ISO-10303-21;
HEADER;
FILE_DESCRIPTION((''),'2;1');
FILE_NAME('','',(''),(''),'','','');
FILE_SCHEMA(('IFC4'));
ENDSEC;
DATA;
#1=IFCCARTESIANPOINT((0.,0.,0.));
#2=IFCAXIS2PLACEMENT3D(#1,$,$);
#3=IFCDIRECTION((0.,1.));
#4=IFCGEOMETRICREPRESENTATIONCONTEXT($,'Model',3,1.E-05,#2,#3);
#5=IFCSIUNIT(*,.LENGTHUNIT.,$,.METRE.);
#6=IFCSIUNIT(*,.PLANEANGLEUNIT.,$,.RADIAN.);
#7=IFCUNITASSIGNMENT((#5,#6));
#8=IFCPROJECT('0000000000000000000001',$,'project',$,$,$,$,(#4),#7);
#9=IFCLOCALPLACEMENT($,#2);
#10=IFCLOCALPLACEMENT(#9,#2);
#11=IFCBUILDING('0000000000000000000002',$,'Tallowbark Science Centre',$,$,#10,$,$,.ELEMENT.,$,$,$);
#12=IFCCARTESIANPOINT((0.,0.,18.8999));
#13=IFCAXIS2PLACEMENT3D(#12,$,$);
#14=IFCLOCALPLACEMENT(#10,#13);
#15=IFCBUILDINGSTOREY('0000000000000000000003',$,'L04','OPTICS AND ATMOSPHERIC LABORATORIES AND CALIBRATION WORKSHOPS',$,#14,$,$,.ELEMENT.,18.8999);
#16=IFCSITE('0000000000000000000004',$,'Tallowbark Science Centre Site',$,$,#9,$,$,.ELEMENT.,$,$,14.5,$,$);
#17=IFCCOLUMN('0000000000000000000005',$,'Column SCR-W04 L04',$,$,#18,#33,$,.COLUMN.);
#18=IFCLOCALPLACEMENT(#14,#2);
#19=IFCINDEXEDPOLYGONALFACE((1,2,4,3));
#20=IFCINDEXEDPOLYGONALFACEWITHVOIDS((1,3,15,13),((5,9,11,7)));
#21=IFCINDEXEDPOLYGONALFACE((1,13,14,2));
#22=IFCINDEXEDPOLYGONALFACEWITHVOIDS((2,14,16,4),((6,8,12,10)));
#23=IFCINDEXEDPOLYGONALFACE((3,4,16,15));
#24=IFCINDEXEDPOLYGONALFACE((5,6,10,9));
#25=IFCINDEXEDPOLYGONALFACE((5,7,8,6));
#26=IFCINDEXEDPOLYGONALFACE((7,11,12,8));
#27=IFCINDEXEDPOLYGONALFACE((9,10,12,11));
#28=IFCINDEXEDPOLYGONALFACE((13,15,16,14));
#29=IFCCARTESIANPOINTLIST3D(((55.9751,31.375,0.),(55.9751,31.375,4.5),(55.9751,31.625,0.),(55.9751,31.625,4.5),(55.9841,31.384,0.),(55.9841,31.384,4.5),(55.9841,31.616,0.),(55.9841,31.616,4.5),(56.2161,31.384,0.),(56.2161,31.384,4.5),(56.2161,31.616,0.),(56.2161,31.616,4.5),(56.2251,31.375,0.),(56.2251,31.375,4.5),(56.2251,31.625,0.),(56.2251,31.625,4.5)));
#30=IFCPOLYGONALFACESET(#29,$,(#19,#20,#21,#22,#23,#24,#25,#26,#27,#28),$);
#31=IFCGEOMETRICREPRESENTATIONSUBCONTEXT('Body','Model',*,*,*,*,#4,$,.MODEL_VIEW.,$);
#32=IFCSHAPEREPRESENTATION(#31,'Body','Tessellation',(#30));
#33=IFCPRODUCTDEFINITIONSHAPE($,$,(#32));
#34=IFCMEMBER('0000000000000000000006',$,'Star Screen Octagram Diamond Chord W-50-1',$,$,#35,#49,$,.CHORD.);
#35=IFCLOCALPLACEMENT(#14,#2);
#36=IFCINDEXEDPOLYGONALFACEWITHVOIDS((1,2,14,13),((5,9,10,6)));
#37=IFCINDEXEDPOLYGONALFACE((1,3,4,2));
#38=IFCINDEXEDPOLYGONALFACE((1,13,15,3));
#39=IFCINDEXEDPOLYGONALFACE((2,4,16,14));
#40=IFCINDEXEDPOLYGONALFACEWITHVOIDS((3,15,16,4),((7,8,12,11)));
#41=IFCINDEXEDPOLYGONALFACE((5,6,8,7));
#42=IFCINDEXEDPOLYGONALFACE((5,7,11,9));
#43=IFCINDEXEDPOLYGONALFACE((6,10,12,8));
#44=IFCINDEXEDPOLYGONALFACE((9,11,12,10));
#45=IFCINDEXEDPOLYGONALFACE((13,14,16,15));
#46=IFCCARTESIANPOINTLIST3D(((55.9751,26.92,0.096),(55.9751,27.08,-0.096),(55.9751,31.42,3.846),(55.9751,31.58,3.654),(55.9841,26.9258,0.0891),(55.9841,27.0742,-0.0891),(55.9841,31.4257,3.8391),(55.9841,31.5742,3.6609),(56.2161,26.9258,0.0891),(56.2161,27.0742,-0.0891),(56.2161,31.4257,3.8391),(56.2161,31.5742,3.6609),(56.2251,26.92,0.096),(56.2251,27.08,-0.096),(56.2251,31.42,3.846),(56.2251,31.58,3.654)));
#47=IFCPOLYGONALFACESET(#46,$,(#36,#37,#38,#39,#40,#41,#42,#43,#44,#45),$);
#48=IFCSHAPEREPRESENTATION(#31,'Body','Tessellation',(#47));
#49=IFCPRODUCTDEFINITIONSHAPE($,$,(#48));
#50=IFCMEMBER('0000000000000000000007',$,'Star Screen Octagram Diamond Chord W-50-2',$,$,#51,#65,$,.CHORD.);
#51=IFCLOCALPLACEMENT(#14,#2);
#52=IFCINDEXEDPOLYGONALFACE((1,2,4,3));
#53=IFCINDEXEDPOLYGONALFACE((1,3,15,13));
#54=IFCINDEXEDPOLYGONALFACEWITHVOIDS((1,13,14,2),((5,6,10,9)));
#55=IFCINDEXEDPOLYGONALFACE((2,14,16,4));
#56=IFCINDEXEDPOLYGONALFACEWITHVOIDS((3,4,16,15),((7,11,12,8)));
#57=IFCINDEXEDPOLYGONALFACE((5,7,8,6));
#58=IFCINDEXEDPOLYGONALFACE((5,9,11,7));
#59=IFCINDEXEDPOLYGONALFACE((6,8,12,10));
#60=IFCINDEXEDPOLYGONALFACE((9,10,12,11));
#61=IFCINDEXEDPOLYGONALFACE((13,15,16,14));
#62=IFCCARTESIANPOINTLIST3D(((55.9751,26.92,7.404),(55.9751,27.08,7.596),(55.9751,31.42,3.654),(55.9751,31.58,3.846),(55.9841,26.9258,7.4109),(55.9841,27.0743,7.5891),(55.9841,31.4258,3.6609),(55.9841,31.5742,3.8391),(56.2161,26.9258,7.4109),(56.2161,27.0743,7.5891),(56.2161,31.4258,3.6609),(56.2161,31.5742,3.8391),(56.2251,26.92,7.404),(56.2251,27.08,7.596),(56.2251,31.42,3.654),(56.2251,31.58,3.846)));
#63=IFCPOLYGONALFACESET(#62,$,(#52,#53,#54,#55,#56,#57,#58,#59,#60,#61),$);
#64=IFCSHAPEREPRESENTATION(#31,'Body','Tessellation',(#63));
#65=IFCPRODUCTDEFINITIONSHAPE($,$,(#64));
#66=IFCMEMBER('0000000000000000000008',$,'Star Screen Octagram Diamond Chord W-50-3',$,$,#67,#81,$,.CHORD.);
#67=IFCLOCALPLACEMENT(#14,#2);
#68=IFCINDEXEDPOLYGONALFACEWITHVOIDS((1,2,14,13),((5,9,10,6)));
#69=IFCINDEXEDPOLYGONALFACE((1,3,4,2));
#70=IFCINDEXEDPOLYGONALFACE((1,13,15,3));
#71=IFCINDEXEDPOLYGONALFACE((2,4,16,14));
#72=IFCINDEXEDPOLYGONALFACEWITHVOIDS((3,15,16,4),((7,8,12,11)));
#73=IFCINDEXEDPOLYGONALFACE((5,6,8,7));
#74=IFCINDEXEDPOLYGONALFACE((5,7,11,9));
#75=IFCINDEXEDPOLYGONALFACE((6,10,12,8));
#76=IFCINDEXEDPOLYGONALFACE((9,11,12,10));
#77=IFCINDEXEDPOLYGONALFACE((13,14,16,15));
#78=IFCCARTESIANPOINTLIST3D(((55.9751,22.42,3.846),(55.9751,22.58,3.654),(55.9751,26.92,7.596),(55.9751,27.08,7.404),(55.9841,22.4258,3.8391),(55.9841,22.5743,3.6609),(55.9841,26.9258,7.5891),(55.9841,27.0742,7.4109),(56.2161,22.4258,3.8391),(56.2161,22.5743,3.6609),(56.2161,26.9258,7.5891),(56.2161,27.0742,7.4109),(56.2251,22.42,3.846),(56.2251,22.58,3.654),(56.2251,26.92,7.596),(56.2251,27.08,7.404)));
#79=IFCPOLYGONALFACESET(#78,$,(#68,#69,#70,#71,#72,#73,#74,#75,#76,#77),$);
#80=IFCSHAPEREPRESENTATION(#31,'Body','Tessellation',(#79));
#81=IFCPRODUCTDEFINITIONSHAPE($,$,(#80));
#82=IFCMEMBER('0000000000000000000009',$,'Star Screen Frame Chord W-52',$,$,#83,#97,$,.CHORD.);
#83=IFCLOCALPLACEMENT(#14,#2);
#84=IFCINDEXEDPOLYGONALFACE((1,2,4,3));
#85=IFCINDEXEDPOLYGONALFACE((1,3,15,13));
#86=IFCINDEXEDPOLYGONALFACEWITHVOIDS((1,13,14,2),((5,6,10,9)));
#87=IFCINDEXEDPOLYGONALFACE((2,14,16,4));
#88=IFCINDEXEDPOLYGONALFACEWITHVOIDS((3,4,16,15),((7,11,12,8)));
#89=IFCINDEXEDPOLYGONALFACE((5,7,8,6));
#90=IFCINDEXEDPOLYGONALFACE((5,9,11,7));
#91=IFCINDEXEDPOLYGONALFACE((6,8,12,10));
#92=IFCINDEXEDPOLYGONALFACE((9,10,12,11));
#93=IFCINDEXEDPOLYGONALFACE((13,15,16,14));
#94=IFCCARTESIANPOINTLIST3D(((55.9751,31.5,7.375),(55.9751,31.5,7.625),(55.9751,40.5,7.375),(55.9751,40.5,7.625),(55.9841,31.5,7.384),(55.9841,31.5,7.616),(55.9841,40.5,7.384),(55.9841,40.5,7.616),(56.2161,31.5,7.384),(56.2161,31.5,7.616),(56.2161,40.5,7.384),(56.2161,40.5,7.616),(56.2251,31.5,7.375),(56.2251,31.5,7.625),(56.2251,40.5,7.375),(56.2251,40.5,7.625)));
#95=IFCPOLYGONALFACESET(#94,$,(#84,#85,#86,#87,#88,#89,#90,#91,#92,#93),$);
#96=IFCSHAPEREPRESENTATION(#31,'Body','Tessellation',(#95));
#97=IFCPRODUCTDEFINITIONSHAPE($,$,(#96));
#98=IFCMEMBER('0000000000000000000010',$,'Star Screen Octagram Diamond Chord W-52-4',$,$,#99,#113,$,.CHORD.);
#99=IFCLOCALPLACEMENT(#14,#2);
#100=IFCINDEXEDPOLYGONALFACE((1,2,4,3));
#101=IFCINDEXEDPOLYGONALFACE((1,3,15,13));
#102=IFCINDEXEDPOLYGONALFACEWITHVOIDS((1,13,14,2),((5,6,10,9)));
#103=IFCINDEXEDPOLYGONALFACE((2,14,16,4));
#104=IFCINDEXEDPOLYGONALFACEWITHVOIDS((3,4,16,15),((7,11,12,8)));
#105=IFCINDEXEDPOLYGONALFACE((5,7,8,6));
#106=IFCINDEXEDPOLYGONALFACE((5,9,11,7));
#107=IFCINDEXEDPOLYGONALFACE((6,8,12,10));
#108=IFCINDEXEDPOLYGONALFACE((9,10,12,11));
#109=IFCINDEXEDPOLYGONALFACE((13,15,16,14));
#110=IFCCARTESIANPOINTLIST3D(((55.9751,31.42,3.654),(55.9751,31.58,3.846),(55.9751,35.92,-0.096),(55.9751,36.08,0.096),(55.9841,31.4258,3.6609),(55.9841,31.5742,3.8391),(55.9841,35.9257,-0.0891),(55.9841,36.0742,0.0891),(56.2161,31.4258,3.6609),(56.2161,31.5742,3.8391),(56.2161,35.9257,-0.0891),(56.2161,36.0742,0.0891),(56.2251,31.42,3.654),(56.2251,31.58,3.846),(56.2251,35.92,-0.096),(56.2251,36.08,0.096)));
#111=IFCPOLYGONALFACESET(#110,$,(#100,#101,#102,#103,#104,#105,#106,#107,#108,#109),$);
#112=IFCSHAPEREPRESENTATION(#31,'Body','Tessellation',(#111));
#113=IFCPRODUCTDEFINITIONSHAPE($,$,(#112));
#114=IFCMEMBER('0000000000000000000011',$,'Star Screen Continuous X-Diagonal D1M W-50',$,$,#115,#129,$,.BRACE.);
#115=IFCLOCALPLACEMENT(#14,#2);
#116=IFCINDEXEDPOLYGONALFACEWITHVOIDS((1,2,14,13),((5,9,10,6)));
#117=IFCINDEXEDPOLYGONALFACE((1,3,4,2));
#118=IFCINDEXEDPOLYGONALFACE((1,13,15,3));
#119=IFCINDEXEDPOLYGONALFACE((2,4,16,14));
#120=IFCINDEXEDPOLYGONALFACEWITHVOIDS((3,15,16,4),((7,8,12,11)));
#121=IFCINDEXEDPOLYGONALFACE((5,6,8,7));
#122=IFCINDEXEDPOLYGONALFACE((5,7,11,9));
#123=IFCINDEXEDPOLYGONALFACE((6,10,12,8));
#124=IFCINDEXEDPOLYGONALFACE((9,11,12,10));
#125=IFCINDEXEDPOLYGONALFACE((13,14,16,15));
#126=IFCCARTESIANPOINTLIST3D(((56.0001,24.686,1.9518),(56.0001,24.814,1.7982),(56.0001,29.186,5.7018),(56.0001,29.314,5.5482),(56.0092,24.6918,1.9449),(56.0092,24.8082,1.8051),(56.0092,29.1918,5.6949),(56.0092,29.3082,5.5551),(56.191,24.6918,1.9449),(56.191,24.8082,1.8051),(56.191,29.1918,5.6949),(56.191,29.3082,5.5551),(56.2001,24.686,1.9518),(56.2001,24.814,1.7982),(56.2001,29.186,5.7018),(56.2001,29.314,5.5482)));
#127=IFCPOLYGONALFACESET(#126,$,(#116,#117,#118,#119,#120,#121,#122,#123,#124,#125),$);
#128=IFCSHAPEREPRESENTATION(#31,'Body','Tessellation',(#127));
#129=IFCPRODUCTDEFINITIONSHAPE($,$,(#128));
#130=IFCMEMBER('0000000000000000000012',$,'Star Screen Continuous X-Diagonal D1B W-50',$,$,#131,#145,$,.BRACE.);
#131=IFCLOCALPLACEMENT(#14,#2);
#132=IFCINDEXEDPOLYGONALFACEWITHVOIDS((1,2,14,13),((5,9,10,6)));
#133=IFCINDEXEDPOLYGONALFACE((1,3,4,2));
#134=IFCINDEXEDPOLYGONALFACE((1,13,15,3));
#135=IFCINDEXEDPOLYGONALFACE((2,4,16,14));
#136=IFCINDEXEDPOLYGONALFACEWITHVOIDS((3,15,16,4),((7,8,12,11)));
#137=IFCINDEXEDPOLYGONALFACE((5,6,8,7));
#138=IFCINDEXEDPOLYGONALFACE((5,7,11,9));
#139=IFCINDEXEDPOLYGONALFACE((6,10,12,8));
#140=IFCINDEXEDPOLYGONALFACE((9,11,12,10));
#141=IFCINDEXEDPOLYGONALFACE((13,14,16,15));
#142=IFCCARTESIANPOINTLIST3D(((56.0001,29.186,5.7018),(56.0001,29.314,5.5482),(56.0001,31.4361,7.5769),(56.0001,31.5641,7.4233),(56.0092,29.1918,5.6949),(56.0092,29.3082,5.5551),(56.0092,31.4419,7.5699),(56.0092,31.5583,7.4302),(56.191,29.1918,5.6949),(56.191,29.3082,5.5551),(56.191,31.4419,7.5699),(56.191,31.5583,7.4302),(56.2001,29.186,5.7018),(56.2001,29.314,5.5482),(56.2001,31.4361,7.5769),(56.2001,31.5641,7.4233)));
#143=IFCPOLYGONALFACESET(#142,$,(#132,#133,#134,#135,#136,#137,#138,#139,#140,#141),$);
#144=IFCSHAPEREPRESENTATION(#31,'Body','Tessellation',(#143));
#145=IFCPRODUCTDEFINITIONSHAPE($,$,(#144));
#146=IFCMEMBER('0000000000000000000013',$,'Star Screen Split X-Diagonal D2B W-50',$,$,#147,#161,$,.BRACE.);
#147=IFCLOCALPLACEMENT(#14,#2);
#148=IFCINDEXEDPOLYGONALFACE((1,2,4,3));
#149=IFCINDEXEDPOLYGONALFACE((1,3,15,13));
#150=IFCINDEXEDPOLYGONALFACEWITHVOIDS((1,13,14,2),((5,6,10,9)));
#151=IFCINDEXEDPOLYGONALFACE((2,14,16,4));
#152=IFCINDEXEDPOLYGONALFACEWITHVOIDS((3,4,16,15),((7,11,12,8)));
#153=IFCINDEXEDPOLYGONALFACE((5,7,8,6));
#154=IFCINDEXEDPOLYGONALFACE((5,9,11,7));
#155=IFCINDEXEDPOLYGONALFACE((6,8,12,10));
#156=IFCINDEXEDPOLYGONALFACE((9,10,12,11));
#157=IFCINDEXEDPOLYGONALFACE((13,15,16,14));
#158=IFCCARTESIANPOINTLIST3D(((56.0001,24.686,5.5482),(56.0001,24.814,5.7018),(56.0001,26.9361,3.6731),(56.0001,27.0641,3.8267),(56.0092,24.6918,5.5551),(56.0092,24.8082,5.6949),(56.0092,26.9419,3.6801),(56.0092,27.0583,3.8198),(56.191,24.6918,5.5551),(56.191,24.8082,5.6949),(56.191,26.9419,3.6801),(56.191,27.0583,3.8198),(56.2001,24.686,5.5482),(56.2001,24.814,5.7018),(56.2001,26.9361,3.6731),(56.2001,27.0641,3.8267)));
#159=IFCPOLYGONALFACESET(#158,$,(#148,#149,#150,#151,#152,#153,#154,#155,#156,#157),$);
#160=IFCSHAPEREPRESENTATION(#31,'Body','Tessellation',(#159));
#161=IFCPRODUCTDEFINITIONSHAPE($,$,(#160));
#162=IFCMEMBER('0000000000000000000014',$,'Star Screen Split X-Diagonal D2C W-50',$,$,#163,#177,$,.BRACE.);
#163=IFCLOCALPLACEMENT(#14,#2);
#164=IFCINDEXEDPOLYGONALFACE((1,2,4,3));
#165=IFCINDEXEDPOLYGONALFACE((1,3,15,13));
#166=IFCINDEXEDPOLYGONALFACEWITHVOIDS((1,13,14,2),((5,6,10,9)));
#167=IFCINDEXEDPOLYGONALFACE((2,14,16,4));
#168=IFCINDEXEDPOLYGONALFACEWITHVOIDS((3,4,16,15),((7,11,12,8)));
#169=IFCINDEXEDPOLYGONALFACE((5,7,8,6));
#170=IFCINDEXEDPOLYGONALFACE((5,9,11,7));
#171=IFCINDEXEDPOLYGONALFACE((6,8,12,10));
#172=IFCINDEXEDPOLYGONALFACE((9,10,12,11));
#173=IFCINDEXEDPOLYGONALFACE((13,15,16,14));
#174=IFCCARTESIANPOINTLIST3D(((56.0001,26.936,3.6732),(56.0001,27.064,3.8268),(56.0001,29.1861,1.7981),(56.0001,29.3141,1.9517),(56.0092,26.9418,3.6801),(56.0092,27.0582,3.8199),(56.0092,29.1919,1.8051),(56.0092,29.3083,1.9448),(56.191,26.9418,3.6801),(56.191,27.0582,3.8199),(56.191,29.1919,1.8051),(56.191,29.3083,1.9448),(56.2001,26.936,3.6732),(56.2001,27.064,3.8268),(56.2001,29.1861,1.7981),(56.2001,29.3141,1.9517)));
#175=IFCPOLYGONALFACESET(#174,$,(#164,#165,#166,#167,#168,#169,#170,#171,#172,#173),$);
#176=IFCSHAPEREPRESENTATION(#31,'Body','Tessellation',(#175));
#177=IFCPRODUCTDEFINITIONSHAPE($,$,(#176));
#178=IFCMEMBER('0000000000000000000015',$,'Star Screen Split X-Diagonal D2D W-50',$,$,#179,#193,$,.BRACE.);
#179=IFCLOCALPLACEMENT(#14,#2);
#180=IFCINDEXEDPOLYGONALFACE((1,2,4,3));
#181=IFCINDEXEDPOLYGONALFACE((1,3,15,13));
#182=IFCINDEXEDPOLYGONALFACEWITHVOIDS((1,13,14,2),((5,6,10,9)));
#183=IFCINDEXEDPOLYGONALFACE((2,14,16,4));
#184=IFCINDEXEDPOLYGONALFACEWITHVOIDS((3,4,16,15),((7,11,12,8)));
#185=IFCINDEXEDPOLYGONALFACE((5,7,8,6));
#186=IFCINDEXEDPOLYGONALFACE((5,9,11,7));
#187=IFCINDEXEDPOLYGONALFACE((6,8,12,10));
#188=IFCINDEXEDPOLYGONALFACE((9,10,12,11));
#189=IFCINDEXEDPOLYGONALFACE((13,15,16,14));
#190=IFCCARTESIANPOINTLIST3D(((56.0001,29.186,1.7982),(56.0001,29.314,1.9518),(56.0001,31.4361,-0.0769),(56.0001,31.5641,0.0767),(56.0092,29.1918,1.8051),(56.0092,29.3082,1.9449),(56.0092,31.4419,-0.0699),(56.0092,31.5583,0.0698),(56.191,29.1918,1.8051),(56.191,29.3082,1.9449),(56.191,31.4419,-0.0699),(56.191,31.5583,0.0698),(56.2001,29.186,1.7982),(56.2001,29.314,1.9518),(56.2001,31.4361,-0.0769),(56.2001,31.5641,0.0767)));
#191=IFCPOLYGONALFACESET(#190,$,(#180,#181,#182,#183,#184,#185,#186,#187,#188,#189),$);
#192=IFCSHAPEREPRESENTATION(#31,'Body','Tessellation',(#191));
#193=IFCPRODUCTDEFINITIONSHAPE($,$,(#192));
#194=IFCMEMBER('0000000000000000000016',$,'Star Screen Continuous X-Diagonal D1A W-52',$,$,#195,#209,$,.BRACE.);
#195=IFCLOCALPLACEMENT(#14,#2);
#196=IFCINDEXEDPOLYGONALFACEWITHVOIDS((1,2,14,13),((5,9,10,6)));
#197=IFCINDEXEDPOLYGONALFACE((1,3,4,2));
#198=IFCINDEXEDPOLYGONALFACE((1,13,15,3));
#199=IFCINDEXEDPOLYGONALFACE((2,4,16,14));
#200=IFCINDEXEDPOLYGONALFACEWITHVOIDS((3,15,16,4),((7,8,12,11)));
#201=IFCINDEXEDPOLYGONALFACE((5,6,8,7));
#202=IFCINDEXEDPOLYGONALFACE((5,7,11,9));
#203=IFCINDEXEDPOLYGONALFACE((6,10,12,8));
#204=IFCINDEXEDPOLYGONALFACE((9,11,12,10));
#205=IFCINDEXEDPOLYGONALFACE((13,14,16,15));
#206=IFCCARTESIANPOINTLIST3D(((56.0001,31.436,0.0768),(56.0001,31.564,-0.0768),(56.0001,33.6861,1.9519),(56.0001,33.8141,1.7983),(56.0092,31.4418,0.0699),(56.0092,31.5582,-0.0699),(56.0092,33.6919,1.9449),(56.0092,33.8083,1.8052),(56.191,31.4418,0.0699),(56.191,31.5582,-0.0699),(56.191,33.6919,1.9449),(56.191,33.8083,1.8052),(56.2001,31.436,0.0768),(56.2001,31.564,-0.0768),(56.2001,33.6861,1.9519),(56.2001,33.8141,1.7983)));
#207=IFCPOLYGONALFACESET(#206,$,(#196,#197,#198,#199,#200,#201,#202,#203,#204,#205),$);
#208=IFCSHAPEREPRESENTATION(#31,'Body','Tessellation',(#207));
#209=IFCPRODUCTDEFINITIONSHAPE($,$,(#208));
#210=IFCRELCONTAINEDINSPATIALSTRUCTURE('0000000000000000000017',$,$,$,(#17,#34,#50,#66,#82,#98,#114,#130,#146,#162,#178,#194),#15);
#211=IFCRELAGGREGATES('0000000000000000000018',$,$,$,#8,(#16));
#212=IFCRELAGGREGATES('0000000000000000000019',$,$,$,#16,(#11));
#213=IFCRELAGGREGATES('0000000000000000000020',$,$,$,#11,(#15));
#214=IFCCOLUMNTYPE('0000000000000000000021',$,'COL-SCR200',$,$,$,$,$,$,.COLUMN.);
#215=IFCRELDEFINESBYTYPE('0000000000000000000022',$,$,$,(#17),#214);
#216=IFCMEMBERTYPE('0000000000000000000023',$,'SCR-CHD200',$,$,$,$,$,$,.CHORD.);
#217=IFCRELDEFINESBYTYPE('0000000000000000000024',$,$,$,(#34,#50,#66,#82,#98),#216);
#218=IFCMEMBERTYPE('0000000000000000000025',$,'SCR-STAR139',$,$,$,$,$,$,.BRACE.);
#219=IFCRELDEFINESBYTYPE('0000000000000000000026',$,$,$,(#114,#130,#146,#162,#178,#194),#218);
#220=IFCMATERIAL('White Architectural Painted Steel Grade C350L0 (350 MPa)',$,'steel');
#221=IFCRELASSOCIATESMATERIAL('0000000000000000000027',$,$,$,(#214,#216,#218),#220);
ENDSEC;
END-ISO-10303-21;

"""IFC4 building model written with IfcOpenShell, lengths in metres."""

from ifc_helpers import new_model, si_unit, direction, frame, origin, origin_2d, place, context, subcontext, project, spatial, hollow_rectangle, extrude, material, material_profile, profile_set, type_object, element, save


model = new_model("IFC4")

# Units and contexts
model_context = context("Model", 3, precision=1e-05, world=origin(), true_north=direction((0.0, 1.0)))
body_context = subcontext(model_context, "Body", "Model", "MODEL_VIEW")
ifc_project = project(units=[si_unit("LENGTHUNIT", "METRE"), si_unit("PLANEANGLEUNIT", "RADIAN")], contexts=[model_context])

# Site, building, storey
site_placement = place(None, origin())
site = spatial("IfcSite", under=ifc_project, at=site_placement, Name="Tallowbark Science Centre Site", CompositionType="ELEMENT", RefElevation=14.5)
building_placement = place(site_placement, origin())
building = spatial("IfcBuilding", under=site, at=building_placement, Name="Tallowbark Science Centre", CompositionType="ELEMENT")
storey_placement = place(building_placement, frame((0.0, 0.0, 18.8999)))
storey = spatial("IfcBuildingStorey", under=building, at=storey_placement, Name="L04", Description="OPTICS AND ATMOSPHERIC LABORATORIES AND CALIBRATION WORKSHOPS", CompositionType="ELEMENT", Elevation=18.8999)

# Column
ifc_material_1 = material(Name="White Architectural Painted Steel Grade C350L0 (350 MPa)", Category="steel")
ifc_material_profile_1 = material_profile(ifc_material_1, hollow_rectangle(XDim=0.25, YDim=0.25, WallThickness=0.009, at=origin_2d()), Name="250x250x9.0SHS")
ifc_profile_set_1 = profile_set([ifc_material_profile_1], Name="White Architectural Painted Steel Grade C350L0 (350 MPa)")
column_type = type_object("IfcColumnType", Name="COL-SCR200", PredefinedType="COLUMN", material=ifc_profile_set_1)
column_placement = place(storey_placement, frame((56.1001, 31.5, 0.0), z_axis=(0.0, 0.0, 1.0), x_axis=(1.0, 0.0, 0.0)))
element("IfcColumn", 1, at=column_placement, inside=storey, type_object=column_type, Name="Column SCR-W04 L04", PredefinedType="COLUMN", context=body_context, shape_type="SweptSolid", body=[
    extrude(hollow_rectangle(XDim=0.25, YDim=0.25, WallThickness=0.009, at=origin_2d()), origin(), (0.0, 0.0, 1.0), 4.5),
])

# Members
ifc_material_profile_2 = material_profile(ifc_material_1, hollow_rectangle(XDim=0.25, YDim=0.25, WallThickness=0.009, at=origin_2d()), Name="250x250x9.0SHS")
ifc_profile_set_2 = profile_set([ifc_material_profile_2], Name="White Architectural Painted Steel Grade C350L0 (350 MPa)")
member_type_1 = type_object("IfcMemberType", Name="SCR-CHD200", PredefinedType="CHORD", material=ifc_profile_set_2)
for number, where, z_axis, x_axis, name in (
    (2, (56.1001, 27.0, 0.0), (0.0, 0.768221, 0.640184), (-1.0, 0.0, 0.0), "Star Screen Octagram Diamond Chord W-50-1"),
    (3, (56.1001, 31.5, 3.75), (0.0, -0.768221, 0.640184), (1.0, 0.0, 0.0), "Star Screen Octagram Diamond Chord W-50-2"),
    (4, (56.1001, 27.0, 7.5), (0.0, -0.768221, -0.640184), (1.0, 0.0, 0.0), "Star Screen Octagram Diamond Chord W-50-3"),
):
    element("IfcMember", number, at=place(storey_placement, frame(where, z_axis=z_axis, x_axis=x_axis)), inside=storey, type_object=member_type_1, Name=name, PredefinedType="CHORD", context=body_context, shape_type="SweptSolid", body=[
        extrude(hollow_rectangle(XDim=0.25, YDim=0.25, WallThickness=0.009, at=origin_2d()), origin(), (0.0, 0.0, 1.0), 5.8577),
    ])
member_1_placement = place(storey_placement, frame((56.1001, 31.5, 7.5), z_axis=(0.0, 1.0, 0.0), x_axis=(-1.0, 0.0, 0.0)))
element("IfcMember", 5, at=member_1_placement, inside=storey, type_object=member_type_1, Name="Star Screen Frame Chord W-52", PredefinedType="CHORD", context=body_context, shape_type="SweptSolid", body=[
    extrude(hollow_rectangle(XDim=0.25, YDim=0.25, WallThickness=0.009, at=origin_2d()), origin(), (0.0, 0.0, 1.0), 9.0),
])
member_2_placement = place(storey_placement, frame((56.1001, 31.5, 3.75), z_axis=(0.0, 0.768221, -0.640184), x_axis=(-1.0, 0.0, 0.0)))
element("IfcMember", 6, at=member_2_placement, inside=storey, type_object=member_type_1, Name="Star Screen Octagram Diamond Chord W-52-4", PredefinedType="CHORD", context=body_context, shape_type="SweptSolid", body=[
    extrude(hollow_rectangle(XDim=0.25, YDim=0.25, WallThickness=0.009, at=origin_2d()), origin(), (0.0, 0.0, 1.0), 5.8577),
])
ifc_material_profile_3 = material_profile(ifc_material_1, hollow_rectangle(XDim=0.2, YDim=0.2, WallThickness=0.009, at=origin_2d()), Name="200x200x9.0SHS")
ifc_profile_set_3 = profile_set([ifc_material_profile_3], Name="White Architectural Painted Steel Grade C350L0 (350 MPa)")
member_type_2 = type_object("IfcMemberType", Name="SCR-STAR139", PredefinedType="BRACE", material=ifc_profile_set_3)
member_3_placement = place(storey_placement, frame((56.1001, 24.75, 1.875), z_axis=(0.0, 0.768221, 0.640184), x_axis=(-1.0, 0.0, 0.0)))
element("IfcMember", 7, at=member_3_placement, inside=storey, type_object=member_type_2, Name="Star Screen Continuous X-Diagonal D1M W-50", PredefinedType="BRACE", context=body_context, shape_type="SweptSolid", body=[
    extrude(hollow_rectangle(XDim=0.2, YDim=0.2, WallThickness=0.009, at=origin_2d()), origin(), (0.0, 0.0, 1.0), 5.8577),
])
for number, where, z_axis, x_axis, name in (
    (8, (56.1001, 29.25, 5.625), (0.0, 0.768221, 0.640184), (-1.0, 0.0, 0.0), "Star Screen Continuous X-Diagonal D1B W-50"),
    (9, (56.1001, 24.75, 5.625), (0.0, 0.768221, -0.640184), (-1.0, 0.0, 0.0), "Star Screen Split X-Diagonal D2B W-50"),
    (10, (56.1001, 27.0, 3.75), (0.0, 0.768221, -0.640184), (-1.0, 0.0, 0.0), "Star Screen Split X-Diagonal D2C W-50"),
    (11, (56.1001, 29.25, 1.875), (0.0, 0.768221, -0.640184), (-1.0, 0.0, 0.0), "Star Screen Split X-Diagonal D2D W-50"),
    (12, (56.1001, 31.5, 0.0), (0.0, 0.768221, 0.640184), (-1.0, 0.0, 0.0), "Star Screen Continuous X-Diagonal D1A W-52"),
):
    element("IfcMember", number, at=place(storey_placement, frame(where, z_axis=z_axis, x_axis=x_axis)), inside=storey, type_object=member_type_2, Name=name, PredefinedType="BRACE", context=body_context, shape_type="SweptSolid", body=[
        extrude(hollow_rectangle(XDim=0.2, YDim=0.2, WallThickness=0.009, at=origin_2d()), origin(), (0.0, 0.0, 1.0), 2.929),
    ])

save(model, "model.ifc")
